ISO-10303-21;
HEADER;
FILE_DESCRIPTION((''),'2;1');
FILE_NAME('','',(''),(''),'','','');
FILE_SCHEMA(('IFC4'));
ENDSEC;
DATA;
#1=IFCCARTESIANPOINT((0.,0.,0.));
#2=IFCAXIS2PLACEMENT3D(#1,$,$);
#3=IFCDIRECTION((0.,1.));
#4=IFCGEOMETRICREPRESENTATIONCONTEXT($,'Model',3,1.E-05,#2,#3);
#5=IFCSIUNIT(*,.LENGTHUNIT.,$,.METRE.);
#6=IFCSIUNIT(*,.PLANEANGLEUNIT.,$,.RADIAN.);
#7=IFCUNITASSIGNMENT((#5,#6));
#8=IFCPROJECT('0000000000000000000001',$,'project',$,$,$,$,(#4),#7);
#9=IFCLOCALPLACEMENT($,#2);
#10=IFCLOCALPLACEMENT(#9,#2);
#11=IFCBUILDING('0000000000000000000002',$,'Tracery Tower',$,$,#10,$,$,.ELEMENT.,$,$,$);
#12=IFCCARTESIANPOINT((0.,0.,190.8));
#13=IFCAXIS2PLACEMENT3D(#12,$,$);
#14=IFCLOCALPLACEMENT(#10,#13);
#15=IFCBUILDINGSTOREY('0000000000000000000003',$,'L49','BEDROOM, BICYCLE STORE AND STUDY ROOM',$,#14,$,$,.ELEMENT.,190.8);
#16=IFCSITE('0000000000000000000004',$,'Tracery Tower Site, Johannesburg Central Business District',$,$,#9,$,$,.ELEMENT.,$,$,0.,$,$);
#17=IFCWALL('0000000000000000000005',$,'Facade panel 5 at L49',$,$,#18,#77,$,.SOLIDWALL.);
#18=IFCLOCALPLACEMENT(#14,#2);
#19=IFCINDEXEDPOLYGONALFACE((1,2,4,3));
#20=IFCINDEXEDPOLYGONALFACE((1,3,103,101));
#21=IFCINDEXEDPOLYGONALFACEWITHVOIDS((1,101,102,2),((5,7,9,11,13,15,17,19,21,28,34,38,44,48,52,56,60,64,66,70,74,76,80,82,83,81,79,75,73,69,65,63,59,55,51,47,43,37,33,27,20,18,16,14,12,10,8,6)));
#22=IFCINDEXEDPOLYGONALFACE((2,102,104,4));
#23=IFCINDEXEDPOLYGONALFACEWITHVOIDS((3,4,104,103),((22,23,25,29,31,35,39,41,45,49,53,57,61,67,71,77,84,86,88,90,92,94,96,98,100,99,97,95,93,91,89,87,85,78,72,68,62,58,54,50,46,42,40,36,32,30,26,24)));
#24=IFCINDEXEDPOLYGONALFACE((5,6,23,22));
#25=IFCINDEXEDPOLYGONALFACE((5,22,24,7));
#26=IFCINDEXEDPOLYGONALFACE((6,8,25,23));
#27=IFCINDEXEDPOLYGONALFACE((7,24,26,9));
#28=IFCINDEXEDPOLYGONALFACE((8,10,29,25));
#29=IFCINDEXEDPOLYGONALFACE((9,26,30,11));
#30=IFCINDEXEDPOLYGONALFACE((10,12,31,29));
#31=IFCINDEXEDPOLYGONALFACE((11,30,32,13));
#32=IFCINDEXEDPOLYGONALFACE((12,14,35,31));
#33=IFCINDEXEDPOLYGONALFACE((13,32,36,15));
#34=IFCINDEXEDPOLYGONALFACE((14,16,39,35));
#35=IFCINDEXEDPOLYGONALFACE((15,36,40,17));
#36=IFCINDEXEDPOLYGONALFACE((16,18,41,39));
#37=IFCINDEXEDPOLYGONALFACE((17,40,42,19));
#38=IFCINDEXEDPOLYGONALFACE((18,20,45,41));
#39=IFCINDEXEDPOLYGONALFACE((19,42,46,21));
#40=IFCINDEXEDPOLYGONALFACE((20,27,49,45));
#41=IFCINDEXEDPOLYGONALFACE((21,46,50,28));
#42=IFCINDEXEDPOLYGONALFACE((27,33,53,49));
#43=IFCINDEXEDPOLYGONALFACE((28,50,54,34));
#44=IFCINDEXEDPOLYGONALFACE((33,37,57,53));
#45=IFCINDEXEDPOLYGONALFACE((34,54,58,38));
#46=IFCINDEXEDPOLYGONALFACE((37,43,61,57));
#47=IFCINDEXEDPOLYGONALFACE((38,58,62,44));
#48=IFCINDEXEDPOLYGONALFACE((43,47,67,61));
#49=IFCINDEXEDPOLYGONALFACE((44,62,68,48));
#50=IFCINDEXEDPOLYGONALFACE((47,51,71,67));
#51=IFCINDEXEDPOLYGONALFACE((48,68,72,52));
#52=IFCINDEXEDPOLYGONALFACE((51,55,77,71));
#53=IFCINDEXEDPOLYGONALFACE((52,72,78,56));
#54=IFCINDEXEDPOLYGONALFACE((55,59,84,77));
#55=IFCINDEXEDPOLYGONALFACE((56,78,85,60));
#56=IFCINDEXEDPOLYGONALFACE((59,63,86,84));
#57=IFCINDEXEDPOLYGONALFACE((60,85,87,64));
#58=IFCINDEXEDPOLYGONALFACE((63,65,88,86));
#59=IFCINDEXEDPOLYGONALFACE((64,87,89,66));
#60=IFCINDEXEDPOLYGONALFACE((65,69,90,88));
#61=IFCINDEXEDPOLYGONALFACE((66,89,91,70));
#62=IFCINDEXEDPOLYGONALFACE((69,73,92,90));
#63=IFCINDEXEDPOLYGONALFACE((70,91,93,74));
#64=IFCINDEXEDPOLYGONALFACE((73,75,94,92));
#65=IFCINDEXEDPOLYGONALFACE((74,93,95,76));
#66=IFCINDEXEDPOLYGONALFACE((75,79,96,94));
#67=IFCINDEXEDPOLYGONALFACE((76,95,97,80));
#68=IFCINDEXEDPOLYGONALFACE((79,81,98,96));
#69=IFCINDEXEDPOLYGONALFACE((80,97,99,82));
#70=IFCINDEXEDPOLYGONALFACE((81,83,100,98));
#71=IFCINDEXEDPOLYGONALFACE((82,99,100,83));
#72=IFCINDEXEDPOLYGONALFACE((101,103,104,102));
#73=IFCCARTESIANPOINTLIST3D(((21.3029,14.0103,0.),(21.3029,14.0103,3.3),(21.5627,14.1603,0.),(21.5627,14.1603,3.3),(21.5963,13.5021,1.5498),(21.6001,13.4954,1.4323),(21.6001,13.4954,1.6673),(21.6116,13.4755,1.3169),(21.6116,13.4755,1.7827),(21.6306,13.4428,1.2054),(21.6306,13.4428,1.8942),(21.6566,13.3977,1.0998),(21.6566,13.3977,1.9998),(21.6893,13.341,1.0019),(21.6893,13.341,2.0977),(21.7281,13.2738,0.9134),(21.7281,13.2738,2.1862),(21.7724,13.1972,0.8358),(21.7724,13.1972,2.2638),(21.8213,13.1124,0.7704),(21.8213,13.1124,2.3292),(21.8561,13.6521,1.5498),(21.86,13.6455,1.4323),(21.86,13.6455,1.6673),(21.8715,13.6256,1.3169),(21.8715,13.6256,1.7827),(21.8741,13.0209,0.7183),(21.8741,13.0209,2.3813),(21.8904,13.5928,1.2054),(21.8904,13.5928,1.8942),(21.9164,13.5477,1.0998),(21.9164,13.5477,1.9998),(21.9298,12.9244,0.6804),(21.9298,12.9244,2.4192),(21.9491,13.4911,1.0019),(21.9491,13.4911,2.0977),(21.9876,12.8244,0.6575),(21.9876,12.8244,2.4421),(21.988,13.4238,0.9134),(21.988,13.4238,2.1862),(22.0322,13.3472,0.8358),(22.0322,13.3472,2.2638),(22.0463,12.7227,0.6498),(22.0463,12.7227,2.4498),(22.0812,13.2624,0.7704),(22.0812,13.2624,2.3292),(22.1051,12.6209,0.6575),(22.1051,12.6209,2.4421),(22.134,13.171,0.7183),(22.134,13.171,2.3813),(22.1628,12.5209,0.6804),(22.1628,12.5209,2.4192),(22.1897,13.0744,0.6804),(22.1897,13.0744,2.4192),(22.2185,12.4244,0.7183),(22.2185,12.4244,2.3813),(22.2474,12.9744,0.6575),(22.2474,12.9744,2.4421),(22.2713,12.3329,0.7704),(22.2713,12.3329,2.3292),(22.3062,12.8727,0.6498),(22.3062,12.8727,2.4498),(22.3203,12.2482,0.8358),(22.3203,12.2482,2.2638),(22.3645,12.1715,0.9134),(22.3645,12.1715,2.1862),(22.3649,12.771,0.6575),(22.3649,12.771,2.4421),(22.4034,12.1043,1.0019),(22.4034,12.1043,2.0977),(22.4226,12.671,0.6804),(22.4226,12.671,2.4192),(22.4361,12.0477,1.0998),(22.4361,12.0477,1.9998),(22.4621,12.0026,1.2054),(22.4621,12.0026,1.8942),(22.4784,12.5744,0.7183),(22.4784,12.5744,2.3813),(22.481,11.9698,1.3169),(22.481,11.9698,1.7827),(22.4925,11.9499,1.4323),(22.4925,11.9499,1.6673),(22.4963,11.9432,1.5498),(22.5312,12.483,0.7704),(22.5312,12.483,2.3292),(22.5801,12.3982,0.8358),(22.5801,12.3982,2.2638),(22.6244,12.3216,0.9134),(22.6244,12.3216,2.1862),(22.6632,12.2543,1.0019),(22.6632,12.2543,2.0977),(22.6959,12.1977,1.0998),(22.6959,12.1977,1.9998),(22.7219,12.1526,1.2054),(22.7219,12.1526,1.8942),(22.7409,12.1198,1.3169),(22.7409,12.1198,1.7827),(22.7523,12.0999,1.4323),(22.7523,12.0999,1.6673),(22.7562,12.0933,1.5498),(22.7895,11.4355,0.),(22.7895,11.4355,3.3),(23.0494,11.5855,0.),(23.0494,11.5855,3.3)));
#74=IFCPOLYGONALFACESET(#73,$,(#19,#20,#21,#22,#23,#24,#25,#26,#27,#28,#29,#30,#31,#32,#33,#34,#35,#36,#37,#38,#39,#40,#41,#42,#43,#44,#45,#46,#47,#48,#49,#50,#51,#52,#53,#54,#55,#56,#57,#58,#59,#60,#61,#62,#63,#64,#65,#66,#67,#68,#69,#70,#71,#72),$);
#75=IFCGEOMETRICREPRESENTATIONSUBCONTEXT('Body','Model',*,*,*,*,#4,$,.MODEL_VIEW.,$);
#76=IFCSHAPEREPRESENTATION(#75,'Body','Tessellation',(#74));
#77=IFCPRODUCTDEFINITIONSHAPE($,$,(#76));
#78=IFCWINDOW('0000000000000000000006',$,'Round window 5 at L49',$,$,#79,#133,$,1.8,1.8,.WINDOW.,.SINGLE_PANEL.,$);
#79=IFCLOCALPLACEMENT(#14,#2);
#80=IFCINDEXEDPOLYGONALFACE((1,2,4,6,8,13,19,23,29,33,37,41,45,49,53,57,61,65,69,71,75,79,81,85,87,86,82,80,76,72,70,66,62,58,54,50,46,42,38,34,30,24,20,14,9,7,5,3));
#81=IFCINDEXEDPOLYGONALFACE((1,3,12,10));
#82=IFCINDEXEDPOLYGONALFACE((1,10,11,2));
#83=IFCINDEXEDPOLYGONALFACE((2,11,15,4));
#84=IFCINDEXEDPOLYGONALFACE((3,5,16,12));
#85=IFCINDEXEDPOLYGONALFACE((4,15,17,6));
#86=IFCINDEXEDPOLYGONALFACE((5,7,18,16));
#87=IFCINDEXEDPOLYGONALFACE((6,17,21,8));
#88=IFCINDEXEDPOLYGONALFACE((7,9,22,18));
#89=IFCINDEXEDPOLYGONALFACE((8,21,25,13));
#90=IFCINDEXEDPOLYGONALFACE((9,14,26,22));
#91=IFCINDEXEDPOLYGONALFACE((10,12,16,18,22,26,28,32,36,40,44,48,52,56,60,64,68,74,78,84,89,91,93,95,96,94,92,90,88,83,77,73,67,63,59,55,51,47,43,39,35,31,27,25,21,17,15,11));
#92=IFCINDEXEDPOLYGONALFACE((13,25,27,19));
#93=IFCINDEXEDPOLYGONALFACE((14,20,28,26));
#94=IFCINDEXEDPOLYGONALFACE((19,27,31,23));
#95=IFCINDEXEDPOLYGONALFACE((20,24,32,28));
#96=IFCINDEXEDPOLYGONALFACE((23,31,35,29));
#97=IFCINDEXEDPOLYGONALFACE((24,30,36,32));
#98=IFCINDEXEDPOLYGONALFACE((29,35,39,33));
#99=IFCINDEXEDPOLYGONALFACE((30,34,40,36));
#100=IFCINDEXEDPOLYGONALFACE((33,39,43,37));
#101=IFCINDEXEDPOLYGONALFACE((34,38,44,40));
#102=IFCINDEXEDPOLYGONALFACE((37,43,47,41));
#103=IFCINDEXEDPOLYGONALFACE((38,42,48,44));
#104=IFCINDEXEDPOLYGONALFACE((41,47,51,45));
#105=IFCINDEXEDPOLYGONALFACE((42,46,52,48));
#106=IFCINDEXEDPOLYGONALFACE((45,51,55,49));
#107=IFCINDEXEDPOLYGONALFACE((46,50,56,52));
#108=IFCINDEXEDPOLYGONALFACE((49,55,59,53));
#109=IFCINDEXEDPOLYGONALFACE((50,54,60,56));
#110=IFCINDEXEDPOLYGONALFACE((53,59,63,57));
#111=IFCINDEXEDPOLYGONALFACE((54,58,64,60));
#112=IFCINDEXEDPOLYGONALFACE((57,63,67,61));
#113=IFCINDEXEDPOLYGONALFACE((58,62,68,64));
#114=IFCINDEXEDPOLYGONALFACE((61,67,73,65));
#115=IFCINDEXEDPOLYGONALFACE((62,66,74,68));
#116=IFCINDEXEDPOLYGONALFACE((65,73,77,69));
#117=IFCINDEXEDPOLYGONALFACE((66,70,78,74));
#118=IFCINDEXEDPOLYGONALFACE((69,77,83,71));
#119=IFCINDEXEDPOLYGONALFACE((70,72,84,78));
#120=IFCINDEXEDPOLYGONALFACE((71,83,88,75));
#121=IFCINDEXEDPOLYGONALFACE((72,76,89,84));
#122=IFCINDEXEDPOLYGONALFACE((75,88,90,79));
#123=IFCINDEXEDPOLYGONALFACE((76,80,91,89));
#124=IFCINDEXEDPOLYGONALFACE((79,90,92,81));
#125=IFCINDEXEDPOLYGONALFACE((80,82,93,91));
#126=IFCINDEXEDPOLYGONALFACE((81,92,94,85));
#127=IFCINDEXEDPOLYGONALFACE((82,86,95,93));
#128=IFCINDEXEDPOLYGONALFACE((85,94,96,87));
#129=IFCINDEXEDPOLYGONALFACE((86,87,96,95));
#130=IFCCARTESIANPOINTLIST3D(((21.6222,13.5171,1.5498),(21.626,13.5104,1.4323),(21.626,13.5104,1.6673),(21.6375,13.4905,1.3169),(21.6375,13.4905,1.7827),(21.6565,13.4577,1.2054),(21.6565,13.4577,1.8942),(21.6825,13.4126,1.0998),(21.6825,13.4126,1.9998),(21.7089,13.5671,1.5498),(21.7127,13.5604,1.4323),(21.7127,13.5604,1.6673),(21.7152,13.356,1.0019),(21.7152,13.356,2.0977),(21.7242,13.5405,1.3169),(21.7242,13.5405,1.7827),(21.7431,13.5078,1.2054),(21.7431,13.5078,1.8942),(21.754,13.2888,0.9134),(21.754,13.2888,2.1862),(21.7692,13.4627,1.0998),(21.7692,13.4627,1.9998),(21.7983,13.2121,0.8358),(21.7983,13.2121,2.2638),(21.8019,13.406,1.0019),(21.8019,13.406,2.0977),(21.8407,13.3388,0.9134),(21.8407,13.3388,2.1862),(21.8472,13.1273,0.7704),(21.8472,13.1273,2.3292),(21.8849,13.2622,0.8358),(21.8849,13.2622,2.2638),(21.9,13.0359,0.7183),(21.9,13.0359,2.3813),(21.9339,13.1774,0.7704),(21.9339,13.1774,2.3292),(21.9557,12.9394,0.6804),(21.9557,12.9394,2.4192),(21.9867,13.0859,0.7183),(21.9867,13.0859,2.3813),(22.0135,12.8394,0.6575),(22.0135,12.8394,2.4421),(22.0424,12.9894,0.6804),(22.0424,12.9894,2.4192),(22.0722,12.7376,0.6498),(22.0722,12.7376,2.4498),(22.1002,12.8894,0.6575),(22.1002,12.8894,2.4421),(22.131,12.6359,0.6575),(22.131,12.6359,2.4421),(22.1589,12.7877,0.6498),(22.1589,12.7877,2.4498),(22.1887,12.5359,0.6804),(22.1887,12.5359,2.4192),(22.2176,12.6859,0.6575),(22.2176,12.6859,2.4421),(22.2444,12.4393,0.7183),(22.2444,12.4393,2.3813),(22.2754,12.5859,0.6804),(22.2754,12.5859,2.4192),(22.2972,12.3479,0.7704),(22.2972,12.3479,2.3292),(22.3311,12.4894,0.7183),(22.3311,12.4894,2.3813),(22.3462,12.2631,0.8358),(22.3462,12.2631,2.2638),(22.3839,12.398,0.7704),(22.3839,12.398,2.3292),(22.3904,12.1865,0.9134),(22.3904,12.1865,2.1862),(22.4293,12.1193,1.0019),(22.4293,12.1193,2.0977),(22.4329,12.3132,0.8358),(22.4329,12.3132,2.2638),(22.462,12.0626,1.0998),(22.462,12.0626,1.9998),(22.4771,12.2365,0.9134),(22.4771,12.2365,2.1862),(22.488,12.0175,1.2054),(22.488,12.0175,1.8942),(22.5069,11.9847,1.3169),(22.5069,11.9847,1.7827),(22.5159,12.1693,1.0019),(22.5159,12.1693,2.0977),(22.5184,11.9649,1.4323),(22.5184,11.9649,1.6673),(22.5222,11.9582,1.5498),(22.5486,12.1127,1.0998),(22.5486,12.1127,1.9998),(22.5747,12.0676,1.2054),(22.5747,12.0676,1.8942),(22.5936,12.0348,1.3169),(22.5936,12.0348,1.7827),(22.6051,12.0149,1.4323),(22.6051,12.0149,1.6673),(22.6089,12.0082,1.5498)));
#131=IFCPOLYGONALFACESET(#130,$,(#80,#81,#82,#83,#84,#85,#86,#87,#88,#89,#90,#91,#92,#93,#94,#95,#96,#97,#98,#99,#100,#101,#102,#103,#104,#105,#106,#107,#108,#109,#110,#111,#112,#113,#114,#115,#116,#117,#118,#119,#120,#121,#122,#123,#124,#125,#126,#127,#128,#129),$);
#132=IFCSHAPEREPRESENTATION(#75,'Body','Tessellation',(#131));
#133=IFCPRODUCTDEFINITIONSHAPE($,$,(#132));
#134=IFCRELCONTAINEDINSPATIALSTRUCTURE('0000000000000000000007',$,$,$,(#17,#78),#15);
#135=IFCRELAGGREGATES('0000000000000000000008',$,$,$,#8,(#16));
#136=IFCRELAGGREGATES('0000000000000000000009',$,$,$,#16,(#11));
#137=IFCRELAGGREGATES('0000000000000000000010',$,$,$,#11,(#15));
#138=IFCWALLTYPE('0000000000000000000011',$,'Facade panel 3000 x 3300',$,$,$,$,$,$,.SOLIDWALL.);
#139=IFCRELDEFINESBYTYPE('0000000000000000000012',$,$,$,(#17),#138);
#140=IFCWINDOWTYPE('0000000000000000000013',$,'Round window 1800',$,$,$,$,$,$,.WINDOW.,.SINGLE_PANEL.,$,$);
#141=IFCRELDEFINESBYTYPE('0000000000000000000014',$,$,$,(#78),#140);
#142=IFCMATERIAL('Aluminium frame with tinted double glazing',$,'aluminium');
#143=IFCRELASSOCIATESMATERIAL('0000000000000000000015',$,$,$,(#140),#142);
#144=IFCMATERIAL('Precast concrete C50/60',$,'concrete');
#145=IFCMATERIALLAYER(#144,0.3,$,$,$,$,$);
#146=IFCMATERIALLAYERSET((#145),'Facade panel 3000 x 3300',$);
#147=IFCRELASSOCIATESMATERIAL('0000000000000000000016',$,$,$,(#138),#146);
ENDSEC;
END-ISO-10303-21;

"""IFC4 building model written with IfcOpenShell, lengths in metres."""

from ifc_helpers import new_model, si_unit, direction, frame, frame_2d, origin, origin_2d, place, context, subcontext, project, spatial, rectangle, circle, extrude, material, layer, layer_set, type_object, element, fill, save


model = new_model("IFC4")

# Units and contexts
model_context = context("Model", 3, precision=1e-05, world=origin(), true_north=direction((0.0, 1.0)))
body_context = subcontext(model_context, "Body", "Model", "MODEL_VIEW")
ifc_project = project(units=[si_unit("LENGTHUNIT", "METRE"), si_unit("PLANEANGLEUNIT", "RADIAN")], contexts=[model_context])

# Site, building, storey
site_placement = place(None, origin())
site = spatial("IfcSite", under=ifc_project, at=site_placement, Name="Tracery Tower Site, Johannesburg Central Business District", CompositionType="ELEMENT", RefElevation=0.0)
building_placement = place(site_placement, origin())
building = spatial("IfcBuilding", under=site, at=building_placement, Name="Tracery Tower", CompositionType="ELEMENT")
storey_placement = place(building_placement, frame((0.0, 0.0, 190.8)))
storey = spatial("IfcBuildingStorey", under=building, at=storey_placement, Name="L49", Description="BEDROOM, BICYCLE STORE AND STUDY ROOM", CompositionType="ELEMENT", Elevation=190.8)

# Wall, opening, window
ifc_material_1 = material(Name="Aluminium frame with tinted double glazing", Category="aluminium")
window_type = type_object("IfcWindowType", Name="Round window 1800", PartitioningType="SINGLE_PANEL", PredefinedType="WINDOW", material=ifc_material_1)
ifc_material_2 = material(Name="Precast concrete C50/60", Category="concrete")
ifc_layer_1 = layer(ifc_material_2, 0.3)
ifc_layer_set_1 = layer_set([ifc_layer_1], Name="Facade panel 3000 x 3300")
wall_type_1 = type_object("IfcWallType", Name="Facade panel 3000 x 3300", PredefinedType="SOLIDWALL", material=ifc_layer_set_1)
wall_1_placement = place(storey_placement, frame((22.9194, 11.5105, 0.0), z_axis=(0.0, 0.0, 1.0), x_axis=(-0.500016, 0.866016, 0.0)))
wall_1 = element("IfcWall", 1, at=wall_1_placement, inside=storey, type_object=wall_type_1, Name="Facade panel 5 at L49", PredefinedType="SOLIDWALL", context=body_context, shape_type="SweptSolid", body=[
    extrude(rectangle(XDim=2.9731, YDim=0.3, at=frame_2d((1.4866, 0.0))), origin(), (0.0, 0.0, 1.0), 3.3),
])
opening_1_placement = place(wall_1_placement, frame((1.4863, 0.0, 1.5498)))
opening_1 = element("IfcOpeningElement", 2, at=opening_1_placement, cuts=wall_1, PredefinedType="OPENING", context=body_context, shape_type="SweptSolid", body=[
    extrude(circle(Radius=0.9, at=origin_2d()), frame((0.0, 0.1599, 0.0), z_axis=(0.0, -1.0, 0.0), x_axis=(1.0, 0.0, 0.0)), (0.0, 0.0, 1.0), 0.3201),
])
window_1_placement = place(opening_1_placement, origin())
window_1 = element("IfcWindow", 3, at=window_1_placement, inside=storey, type_object=window_type, Name="Round window 5 at L49", OverallHeight=1.8, OverallWidth=1.8, PartitioningType="SINGLE_PANEL", PredefinedType="WINDOW", context=body_context, shape_type="SweptSolid", body=[
    extrude(circle(Radius=0.9, at=origin_2d()), frame((0.0, 0.1201, 0.0), z_axis=(0.0, -1.0, 0.0), x_axis=(1.0, 0.0, 0.0)), (0.0, 0.0, 1.0), 0.1001),
])
fill(opening_1, window_1)

save(model, "model.ifc")
